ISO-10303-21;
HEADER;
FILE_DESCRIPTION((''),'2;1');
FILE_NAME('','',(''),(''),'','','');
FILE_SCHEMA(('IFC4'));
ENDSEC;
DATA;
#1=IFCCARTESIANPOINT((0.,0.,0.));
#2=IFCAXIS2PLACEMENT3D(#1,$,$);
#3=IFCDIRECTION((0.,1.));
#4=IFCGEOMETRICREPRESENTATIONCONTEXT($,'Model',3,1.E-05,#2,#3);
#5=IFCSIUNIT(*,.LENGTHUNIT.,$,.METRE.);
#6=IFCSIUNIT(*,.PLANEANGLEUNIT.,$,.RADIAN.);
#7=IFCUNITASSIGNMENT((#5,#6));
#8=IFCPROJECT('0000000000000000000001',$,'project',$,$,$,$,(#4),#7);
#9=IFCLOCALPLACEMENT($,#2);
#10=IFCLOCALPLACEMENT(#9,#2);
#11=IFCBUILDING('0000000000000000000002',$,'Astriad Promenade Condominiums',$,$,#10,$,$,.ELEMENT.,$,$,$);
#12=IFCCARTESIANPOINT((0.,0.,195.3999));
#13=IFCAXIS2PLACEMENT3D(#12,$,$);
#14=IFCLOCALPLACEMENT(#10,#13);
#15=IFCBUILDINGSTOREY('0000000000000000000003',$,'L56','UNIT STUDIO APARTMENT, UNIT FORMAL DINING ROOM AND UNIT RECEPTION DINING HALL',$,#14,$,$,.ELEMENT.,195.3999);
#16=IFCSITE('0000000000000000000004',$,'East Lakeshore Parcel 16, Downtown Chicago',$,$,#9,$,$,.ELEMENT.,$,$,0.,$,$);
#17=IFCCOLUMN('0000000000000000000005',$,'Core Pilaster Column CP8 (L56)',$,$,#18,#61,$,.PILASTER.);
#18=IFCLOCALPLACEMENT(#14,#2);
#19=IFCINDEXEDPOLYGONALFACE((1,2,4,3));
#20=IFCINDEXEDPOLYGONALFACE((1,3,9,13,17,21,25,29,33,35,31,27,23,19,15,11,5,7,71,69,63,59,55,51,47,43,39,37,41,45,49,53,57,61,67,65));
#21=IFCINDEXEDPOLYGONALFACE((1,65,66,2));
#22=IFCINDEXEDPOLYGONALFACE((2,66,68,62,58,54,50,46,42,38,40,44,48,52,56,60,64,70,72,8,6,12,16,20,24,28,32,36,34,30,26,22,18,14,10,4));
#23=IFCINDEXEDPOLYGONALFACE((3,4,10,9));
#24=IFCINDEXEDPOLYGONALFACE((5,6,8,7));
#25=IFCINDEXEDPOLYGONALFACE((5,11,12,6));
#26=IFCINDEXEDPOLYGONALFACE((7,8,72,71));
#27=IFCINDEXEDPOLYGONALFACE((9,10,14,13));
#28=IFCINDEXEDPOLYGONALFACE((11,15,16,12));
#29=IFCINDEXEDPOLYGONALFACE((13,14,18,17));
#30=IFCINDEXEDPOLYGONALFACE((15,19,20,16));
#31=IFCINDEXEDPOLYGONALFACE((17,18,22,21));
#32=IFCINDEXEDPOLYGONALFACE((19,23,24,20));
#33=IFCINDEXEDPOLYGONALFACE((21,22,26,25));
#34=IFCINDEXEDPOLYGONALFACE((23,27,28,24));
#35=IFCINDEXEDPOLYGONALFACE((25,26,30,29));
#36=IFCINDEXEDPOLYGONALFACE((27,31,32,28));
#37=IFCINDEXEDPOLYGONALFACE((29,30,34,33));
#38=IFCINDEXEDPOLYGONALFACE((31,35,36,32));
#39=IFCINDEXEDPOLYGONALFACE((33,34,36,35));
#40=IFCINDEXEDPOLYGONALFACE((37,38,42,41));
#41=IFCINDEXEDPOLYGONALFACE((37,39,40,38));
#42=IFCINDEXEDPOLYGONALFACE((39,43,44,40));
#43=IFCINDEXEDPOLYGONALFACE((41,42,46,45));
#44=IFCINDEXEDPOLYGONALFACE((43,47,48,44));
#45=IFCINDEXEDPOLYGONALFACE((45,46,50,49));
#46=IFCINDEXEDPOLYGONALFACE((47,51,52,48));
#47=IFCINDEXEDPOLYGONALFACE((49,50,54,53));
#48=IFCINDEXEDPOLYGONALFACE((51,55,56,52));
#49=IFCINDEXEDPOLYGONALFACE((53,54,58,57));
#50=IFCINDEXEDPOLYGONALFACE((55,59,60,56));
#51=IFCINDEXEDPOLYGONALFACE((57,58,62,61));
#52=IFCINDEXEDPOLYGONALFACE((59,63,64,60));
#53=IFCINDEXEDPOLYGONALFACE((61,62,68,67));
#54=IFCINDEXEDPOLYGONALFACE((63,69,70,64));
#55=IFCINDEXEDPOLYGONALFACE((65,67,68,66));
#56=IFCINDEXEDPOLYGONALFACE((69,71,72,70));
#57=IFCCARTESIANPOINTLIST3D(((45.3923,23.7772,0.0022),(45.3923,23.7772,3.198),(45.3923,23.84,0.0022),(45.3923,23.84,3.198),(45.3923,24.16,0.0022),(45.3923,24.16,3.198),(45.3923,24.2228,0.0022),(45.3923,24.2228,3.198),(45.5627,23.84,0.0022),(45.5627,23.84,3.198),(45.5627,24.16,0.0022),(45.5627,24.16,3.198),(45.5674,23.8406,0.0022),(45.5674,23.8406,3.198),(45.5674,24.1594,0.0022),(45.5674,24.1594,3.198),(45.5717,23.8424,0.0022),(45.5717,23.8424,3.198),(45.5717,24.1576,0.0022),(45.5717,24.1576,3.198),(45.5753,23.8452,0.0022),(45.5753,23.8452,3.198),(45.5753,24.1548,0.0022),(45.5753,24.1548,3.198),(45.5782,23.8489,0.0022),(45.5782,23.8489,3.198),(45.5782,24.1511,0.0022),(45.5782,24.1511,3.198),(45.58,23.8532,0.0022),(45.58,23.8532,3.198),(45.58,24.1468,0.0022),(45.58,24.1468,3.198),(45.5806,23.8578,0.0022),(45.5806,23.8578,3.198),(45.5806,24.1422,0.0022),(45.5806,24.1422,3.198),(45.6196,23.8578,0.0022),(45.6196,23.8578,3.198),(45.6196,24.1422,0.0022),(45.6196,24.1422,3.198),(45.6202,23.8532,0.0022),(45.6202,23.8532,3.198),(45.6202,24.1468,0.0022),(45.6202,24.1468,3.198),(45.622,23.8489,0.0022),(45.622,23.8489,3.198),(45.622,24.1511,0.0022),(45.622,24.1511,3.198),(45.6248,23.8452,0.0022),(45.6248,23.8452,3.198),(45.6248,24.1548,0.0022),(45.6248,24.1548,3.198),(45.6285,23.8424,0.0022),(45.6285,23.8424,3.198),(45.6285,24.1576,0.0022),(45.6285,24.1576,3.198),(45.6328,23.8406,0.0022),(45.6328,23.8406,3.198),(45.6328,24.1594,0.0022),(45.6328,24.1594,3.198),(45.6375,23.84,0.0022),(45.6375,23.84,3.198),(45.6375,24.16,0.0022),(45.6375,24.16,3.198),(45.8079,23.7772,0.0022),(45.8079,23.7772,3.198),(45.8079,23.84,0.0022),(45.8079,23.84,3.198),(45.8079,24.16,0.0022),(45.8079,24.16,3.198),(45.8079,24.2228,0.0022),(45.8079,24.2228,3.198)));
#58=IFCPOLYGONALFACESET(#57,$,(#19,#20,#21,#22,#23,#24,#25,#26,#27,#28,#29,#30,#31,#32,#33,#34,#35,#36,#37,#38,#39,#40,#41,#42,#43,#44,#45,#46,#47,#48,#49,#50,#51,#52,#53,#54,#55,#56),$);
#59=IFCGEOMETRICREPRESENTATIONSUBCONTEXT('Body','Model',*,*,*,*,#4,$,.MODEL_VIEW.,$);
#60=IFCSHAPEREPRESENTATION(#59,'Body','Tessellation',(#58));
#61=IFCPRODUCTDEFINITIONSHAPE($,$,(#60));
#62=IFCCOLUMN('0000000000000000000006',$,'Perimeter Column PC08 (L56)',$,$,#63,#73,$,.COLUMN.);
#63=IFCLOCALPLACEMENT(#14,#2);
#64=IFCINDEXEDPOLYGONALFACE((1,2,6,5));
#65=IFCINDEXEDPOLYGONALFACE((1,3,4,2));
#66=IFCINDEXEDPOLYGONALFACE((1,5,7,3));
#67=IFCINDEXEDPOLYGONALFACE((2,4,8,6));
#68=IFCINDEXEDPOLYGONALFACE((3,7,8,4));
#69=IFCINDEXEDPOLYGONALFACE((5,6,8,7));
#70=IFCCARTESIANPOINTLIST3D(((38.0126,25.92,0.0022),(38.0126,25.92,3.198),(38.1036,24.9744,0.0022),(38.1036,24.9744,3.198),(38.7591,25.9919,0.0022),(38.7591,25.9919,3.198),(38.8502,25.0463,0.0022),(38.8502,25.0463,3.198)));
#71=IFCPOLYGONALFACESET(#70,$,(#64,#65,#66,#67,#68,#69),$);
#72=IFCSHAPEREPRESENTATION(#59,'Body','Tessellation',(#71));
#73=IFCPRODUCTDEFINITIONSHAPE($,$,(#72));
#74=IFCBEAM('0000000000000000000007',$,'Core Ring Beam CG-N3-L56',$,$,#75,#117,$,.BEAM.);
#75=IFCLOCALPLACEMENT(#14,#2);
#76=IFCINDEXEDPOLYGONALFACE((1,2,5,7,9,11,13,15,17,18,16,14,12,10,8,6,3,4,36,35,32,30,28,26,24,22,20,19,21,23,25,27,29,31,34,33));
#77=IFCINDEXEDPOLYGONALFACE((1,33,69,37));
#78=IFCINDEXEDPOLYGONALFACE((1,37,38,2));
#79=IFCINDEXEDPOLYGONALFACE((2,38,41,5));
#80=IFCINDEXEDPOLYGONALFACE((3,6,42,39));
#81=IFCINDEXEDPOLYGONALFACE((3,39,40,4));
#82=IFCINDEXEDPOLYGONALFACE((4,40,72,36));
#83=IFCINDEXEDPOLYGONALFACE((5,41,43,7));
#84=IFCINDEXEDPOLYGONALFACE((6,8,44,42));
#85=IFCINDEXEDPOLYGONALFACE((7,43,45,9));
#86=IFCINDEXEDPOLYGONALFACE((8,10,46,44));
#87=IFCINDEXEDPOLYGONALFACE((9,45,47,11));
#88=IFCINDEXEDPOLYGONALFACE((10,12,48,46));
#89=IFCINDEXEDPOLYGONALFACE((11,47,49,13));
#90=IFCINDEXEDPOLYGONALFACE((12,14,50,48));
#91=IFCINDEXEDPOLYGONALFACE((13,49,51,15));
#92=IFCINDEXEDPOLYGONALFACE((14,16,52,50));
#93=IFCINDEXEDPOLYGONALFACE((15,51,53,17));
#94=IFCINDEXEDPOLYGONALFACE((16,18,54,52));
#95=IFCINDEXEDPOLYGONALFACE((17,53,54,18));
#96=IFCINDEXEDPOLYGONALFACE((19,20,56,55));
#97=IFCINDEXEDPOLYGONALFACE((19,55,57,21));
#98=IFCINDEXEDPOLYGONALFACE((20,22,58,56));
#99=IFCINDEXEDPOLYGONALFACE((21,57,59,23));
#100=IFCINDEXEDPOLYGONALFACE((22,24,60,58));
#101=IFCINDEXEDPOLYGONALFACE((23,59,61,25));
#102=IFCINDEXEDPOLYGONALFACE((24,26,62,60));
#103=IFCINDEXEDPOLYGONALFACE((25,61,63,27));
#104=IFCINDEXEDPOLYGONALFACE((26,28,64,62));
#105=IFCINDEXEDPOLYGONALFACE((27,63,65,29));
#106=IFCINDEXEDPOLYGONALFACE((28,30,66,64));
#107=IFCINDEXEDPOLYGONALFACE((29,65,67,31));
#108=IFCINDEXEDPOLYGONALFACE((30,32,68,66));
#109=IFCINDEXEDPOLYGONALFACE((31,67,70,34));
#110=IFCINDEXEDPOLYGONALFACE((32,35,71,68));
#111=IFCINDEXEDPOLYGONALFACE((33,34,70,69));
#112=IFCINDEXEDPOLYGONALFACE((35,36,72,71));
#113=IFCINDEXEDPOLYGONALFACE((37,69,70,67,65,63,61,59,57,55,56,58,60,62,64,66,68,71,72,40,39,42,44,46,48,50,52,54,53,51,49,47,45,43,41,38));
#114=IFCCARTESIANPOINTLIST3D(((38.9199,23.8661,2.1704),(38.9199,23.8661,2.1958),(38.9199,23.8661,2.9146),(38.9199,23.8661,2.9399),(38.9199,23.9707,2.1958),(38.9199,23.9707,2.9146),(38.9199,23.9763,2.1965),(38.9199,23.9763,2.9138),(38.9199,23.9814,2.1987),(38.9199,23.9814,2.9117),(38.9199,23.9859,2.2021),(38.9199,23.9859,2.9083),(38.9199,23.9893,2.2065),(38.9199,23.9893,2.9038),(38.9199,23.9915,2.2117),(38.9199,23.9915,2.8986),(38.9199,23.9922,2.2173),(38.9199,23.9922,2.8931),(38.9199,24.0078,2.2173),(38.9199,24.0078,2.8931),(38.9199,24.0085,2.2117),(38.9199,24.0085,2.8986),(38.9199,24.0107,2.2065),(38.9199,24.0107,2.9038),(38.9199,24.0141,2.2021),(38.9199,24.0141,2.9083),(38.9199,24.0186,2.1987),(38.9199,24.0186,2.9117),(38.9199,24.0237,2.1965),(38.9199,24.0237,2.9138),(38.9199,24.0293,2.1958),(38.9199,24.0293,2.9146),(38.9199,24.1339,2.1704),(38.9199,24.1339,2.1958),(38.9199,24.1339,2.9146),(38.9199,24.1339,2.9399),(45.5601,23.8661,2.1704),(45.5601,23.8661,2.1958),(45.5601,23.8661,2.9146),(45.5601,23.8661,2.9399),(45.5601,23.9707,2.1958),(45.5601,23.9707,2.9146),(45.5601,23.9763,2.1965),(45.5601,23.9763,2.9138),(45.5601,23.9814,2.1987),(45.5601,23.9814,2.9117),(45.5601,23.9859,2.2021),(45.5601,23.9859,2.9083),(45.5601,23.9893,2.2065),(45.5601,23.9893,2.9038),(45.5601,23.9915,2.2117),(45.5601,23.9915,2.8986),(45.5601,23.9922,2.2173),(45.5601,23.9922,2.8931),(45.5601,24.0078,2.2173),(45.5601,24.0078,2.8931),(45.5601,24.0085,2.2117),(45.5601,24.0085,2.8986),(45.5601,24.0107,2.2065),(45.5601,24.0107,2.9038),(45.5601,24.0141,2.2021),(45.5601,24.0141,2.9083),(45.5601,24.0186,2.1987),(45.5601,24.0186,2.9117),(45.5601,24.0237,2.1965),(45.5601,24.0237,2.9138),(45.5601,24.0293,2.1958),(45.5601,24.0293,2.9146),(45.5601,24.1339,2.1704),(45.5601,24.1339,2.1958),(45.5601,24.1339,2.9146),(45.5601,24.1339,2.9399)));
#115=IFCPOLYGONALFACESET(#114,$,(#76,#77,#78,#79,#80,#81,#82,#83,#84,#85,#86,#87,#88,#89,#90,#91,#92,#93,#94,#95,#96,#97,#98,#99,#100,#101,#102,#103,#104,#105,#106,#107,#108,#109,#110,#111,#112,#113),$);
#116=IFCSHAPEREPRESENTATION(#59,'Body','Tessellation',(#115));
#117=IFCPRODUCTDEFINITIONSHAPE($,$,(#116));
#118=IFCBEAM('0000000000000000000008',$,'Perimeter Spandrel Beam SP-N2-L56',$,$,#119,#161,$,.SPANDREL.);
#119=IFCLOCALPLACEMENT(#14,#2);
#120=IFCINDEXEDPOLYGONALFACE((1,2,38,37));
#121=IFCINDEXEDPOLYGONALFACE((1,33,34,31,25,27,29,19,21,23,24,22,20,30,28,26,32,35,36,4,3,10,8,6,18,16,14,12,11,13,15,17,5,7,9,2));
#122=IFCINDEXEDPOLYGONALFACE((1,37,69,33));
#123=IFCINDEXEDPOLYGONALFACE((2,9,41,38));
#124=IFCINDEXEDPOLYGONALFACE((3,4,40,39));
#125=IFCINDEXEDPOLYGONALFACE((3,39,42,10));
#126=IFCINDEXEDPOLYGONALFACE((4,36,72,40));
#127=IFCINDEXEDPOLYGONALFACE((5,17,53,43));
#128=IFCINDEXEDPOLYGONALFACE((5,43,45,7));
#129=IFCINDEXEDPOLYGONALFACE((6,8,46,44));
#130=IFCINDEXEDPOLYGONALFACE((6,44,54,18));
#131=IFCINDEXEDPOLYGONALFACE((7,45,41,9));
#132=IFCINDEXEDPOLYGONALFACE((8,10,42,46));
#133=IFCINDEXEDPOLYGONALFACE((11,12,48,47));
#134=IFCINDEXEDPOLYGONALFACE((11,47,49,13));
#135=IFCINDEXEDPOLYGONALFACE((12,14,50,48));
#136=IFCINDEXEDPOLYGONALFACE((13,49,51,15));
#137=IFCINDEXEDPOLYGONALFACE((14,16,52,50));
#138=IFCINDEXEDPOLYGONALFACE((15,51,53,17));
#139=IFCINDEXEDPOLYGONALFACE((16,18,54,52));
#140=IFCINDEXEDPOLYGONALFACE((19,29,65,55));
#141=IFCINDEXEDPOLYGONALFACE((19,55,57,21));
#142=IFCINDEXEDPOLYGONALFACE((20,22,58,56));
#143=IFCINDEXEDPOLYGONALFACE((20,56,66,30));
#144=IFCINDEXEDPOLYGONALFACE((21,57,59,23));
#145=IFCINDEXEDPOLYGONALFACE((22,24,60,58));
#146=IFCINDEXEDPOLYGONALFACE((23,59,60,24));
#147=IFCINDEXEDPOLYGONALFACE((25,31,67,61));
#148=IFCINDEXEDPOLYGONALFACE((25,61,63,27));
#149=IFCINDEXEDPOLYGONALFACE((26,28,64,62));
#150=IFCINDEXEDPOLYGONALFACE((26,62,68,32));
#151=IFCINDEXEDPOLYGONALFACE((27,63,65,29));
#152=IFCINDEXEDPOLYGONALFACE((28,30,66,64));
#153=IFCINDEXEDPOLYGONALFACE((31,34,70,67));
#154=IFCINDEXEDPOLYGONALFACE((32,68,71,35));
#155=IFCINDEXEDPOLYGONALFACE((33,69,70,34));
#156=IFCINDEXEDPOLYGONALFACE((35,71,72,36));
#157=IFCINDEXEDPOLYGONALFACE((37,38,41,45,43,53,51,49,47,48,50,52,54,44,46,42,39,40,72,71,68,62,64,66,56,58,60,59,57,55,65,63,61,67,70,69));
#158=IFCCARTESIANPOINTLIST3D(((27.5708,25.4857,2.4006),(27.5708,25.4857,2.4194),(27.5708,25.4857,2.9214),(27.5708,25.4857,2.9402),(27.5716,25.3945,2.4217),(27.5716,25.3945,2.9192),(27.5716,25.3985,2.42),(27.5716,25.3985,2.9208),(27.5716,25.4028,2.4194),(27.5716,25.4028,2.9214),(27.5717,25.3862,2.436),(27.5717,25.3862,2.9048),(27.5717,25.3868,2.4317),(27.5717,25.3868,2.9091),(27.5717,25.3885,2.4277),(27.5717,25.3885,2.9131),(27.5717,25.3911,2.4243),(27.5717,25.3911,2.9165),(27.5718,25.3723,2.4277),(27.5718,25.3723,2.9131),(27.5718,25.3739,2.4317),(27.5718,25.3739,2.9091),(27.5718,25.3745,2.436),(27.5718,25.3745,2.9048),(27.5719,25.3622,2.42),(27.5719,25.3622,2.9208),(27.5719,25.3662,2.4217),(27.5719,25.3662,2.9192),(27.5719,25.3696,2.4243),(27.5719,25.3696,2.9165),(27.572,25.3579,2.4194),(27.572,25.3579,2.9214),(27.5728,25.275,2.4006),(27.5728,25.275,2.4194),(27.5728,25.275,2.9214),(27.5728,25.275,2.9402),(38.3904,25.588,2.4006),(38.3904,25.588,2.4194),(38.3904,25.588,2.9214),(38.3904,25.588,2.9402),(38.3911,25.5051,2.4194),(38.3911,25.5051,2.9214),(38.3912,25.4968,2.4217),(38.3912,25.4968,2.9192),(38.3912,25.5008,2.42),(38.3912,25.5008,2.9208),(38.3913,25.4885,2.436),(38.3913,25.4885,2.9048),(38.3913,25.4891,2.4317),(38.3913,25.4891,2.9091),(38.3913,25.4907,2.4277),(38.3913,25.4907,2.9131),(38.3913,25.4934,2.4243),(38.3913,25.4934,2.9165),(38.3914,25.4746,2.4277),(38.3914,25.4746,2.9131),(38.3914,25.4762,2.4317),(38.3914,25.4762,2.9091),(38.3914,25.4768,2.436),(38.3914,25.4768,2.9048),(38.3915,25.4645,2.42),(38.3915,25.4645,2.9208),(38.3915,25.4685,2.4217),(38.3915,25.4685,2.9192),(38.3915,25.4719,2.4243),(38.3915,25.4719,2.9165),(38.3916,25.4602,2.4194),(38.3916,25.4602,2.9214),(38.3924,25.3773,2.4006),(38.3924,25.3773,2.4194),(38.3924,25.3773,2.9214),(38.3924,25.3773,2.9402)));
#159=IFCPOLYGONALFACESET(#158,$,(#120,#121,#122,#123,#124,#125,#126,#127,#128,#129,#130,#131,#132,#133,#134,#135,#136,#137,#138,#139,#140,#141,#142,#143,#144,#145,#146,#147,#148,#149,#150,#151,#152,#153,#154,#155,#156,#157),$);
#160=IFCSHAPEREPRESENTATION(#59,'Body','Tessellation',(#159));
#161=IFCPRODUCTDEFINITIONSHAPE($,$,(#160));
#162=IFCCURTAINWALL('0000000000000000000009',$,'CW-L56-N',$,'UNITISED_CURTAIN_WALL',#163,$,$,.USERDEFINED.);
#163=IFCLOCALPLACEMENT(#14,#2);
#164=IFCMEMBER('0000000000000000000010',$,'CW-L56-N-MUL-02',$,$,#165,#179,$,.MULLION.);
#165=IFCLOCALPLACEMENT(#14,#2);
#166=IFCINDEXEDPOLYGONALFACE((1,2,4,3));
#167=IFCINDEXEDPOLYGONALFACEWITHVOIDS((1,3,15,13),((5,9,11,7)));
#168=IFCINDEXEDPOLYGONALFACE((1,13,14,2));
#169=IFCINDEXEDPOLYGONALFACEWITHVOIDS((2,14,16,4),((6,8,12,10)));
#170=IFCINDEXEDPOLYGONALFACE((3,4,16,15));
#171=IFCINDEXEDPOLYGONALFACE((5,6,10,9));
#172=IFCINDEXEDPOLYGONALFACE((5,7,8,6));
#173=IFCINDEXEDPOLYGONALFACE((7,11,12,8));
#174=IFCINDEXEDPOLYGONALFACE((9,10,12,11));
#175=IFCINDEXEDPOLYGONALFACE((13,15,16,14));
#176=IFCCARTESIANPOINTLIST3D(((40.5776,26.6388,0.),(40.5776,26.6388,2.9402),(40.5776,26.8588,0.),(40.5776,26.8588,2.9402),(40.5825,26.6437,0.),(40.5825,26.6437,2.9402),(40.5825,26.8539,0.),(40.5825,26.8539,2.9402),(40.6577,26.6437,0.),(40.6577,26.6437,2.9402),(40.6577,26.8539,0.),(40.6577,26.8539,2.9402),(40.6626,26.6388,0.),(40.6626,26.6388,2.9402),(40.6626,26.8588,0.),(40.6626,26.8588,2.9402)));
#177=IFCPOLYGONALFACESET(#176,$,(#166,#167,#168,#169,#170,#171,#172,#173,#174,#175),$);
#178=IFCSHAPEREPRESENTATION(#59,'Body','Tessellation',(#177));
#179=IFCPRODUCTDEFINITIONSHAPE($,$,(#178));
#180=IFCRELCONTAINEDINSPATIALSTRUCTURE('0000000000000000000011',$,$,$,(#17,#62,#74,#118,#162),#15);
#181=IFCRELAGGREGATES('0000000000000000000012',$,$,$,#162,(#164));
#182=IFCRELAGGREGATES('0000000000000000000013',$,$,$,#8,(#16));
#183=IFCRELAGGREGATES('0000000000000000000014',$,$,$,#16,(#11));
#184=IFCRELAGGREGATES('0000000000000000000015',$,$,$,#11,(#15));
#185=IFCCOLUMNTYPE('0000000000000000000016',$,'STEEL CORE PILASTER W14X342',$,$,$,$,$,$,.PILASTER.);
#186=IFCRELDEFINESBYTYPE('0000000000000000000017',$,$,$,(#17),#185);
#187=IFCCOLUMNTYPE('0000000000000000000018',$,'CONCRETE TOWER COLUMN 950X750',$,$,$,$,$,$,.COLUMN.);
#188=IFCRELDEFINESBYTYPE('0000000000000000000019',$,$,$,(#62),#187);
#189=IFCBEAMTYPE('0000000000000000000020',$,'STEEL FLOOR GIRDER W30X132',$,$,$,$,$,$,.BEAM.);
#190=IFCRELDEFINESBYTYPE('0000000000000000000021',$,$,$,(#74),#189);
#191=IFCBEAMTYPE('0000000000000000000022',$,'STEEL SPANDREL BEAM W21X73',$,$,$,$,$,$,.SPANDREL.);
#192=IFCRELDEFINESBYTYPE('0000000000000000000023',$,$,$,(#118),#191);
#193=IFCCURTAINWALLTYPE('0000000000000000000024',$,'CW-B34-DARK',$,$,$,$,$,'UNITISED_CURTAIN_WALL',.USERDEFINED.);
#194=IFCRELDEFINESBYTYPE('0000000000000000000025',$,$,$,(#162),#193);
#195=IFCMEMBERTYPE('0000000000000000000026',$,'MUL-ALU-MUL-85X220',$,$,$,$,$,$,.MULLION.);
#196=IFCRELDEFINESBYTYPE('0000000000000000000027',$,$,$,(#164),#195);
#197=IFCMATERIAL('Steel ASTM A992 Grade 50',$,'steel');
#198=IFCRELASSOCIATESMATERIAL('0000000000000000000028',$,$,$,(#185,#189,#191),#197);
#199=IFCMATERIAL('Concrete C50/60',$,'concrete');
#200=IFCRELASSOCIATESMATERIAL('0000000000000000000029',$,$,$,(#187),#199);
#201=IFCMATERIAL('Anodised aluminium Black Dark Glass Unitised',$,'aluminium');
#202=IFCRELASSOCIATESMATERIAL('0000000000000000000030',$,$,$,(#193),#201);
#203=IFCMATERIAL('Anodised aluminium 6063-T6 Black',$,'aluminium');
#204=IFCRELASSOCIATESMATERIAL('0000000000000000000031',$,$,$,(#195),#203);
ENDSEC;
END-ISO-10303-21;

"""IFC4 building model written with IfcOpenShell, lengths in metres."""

from ifc_helpers import new_model, si_unit, direction, frame, origin, origin_2d, place, context, subcontext, project, spatial, rectangle, hollow_rectangle, i_section, extrude, source, transform, mapped, material, material_profile, profile_set, type_object, type_shapes, element, aggregate, save


model = new_model("IFC4")

# Units and contexts
model_context = context("Model", 3, precision=1e-05, world=origin(), true_north=direction((0.0, 1.0)))
body_context = subcontext(model_context, "Body", "Model", "MODEL_VIEW")
ifc_project = project(units=[si_unit("LENGTHUNIT", "METRE"), si_unit("PLANEANGLEUNIT", "RADIAN")], contexts=[model_context])

# Site, building, storey
site_placement = place(None, origin())
site = spatial("IfcSite", under=ifc_project, at=site_placement, Name="East Lakeshore Parcel 16, Downtown Chicago", CompositionType="ELEMENT", RefElevation=0.0)
building_placement = place(site_placement, origin())
building = spatial("IfcBuilding", under=site, at=building_placement, Name="Astriad Promenade Condominiums", CompositionType="ELEMENT")
storey_placement = place(building_placement, frame((0.0, 0.0, 195.3999)))
storey = spatial("IfcBuildingStorey", under=building, at=storey_placement, Name="L56", Description="UNIT STUDIO APARTMENT, UNIT FORMAL DINING ROOM AND UNIT RECEPTION DINING HALL", CompositionType="ELEMENT", Elevation=195.3999)

# Columns
ifc_material_1 = material(Name="Steel ASTM A992 Grade 50", Category="steel")
ifc_material_profile_1 = material_profile(ifc_material_1, i_section(OverallWidth=0.4155, OverallDepth=0.4456, WebThickness=0.0391, FlangeThickness=0.0627, FilletRadius=0.0178, at=origin_2d()), Name="W14X342")
ifc_profile_set_1 = profile_set([ifc_material_profile_1], Name="Steel ASTM A992 Grade 50")
column_type_1 = type_object("IfcColumnType", Name="STEEL CORE PILASTER W14X342", PredefinedType="PILASTER", material=ifc_profile_set_1)
shared_shape_1 = source(origin(), body_context, "Body", "SweptSolid", [
    extrude(i_section(OverallWidth=0.4155, OverallDepth=0.4456, WebThickness=0.0391, FlangeThickness=0.0627, FilletRadius=0.0178, at=origin_2d()), origin(), (0.0, 0.0, 1.0), 3.1958),
])
type_shapes(column_type_1, [shared_shape_1])
column_1_placement = place(storey_placement, frame((45.6001, 24.0, 0.0022), z_axis=(0.0, 0.0, 1.0), x_axis=(1.0, 0.0, 0.0)))
element("IfcColumn", 1, at=column_1_placement, inside=storey, type_object=column_type_1, Name="Core Pilaster Column CP8 (L56)", PredefinedType="PILASTER", context=body_context, shape_type="MappedRepresentation", body=[
    mapped(shared_shape_1, transform((0.0, 0.0, 0.0), scale=1.0)),
])
ifc_material_2 = material(Name="Concrete C50/60", Category="concrete")
ifc_material_profile_2 = material_profile(ifc_material_2, rectangle(XDim=0.75, YDim=0.95, at=origin_2d()), Name="RC-COL-950X750")
ifc_profile_set_2 = profile_set([ifc_material_profile_2], Name="Concrete C50/60")
column_type_2 = type_object("IfcColumnType", Name="CONCRETE TOWER COLUMN 950X750", PredefinedType="COLUMN", material=ifc_profile_set_2)
shared_shape_2 = source(origin(), body_context, "Body", "SweptSolid", [
    extrude(rectangle(XDim=0.75, YDim=0.95, at=origin_2d()), origin(), (0.0, 0.0, 1.0), 3.1958),
])
type_shapes(column_type_2, [shared_shape_2])
column_2_placement = place(storey_placement, frame((38.4314, 25.4832, 0.0022), z_axis=(0.0, 0.0, 1.0), x_axis=(0.995396, 0.095846, 0.0)))
element("IfcColumn", 2, at=column_2_placement, inside=storey, type_object=column_type_2, Name="Perimeter Column PC08 (L56)", PredefinedType="COLUMN", context=body_context, shape_type="MappedRepresentation", body=[
    mapped(shared_shape_2, transform((0.0, 0.0, 0.0), scale=1.0)),
])

# Beams
ifc_material_profile_3 = material_profile(ifc_material_1, i_section(OverallWidth=0.2678, OverallDepth=0.7695, WebThickness=0.0156, FlangeThickness=0.0254, FilletRadius=0.0215, at=origin_2d()), Name="W30X132")
ifc_profile_set_3 = profile_set([ifc_material_profile_3], Name="Steel ASTM A992 Grade 50")
beam_type_1 = type_object("IfcBeamType", Name="STEEL FLOOR GIRDER W30X132", PredefinedType="BEAM", material=ifc_profile_set_3)
shared_shape_3 = source(origin(), body_context, "Body", "SweptSolid", [
    extrude(i_section(OverallWidth=0.2678, OverallDepth=0.7695, WebThickness=0.0156, FlangeThickness=0.0254, FilletRadius=0.0215, at=origin_2d()), origin(), (0.0, 0.0, 1.0), 6.6401),
])
type_shapes(beam_type_1, [shared_shape_3])
beam_1_placement = place(storey_placement, frame((38.9199, 24.0, 2.5552), z_axis=(1.0, 0.0, 0.0), x_axis=(0.0, 1.0, 0.0)))
element("IfcBeam", 3, at=beam_1_placement, inside=storey, type_object=beam_type_1, Name="Core Ring Beam CG-N3-L56", PredefinedType="BEAM", context=body_context, shape_type="MappedRepresentation", body=[
    mapped(shared_shape_3, transform((0.0, 0.0, 0.0), scale=1.0)),
])
ifc_material_profile_4 = material_profile(ifc_material_1, i_section(OverallWidth=0.2107, OverallDepth=0.5396, WebThickness=0.0117, FlangeThickness=0.0188, FilletRadius=0.0166, at=origin_2d()), Name="W21X73")
ifc_profile_set_4 = profile_set([ifc_material_profile_4], Name="Steel ASTM A992 Grade 50")
beam_type_2 = type_object("IfcBeamType", Name="STEEL SPANDREL BEAM W21X73", PredefinedType="SPANDREL", material=ifc_profile_set_4)
shared_shape_4 = source(origin(), body_context, "Body", "SweptSolid", [
    extrude(i_section(OverallWidth=0.2107, OverallDepth=0.5396, WebThickness=0.0117, FlangeThickness=0.0188, FilletRadius=0.0166, at=origin_2d()), origin(), (0.0, 0.0, 1.0), 10.8201),
])
type_shapes(beam_type_2, [shared_shape_4])
beam_2_placement = place(storey_placement, frame((38.3914, 25.4827, 2.6704), z_axis=(-0.999955, -0.009454, 0.0), x_axis=(0.009454, -0.999955, 0.0)))
element("IfcBeam", 4, at=beam_2_placement, inside=storey, type_object=beam_type_2, Name="Perimeter Spandrel Beam SP-N2-L56", PredefinedType="SPANDREL", context=body_context, shape_type="MappedRepresentation", body=[
    mapped(shared_shape_4, transform((0.0, 0.0, 0.0), scale=1.0)),
])

# Curtain wall, member
ifc_material_3 = material(Name="Anodised aluminium Black Dark Glass Unitised", Category="aluminium")
curtain_wall_type = type_object("IfcCurtainWallType", Name="CW-B34-DARK", ElementType="UNITISED_CURTAIN_WALL", PredefinedType="USERDEFINED", material=ifc_material_3)
curtain_wall_placement = place(storey_placement, origin())
curtain_wall = element("IfcCurtainWall", 5, at=curtain_wall_placement, inside=storey, type_object=curtain_wall_type, Name="CW-L56-N", ObjectType="UNITISED_CURTAIN_WALL", PredefinedType="USERDEFINED")
ifc_material_4 = material(Name="Anodised aluminium 6063-T6 Black", Category="aluminium")
ifc_material_profile_5 = material_profile(ifc_material_4, hollow_rectangle(XDim=0.085, YDim=0.22, WallThickness=0.0049, at=origin_2d()), Name="ALU-MUL-85X220")
ifc_profile_set_5 = profile_set([ifc_material_profile_5], Name="Anodised aluminium 6063-T6 Black")
member_type_1 = type_object("IfcMemberType", Name="MUL-ALU-MUL-85X220", PredefinedType="MULLION", material=ifc_profile_set_5)
shared_shape_5 = source(origin(), body_context, "Body", "SweptSolid", [
    extrude(hollow_rectangle(XDim=0.085, YDim=0.22, WallThickness=0.0049, at=origin_2d()), origin(), (0.0, 0.0, 1.0), 2.9402),
])
type_shapes(member_type_1, [shared_shape_5])
member_1_placement = place(storey_placement, frame((40.6201, 26.7488, 0.0), z_axis=(0.0, 0.0, 1.0), x_axis=(1.0, 0.0, 0.0)))
member_1 = element("IfcMember", 6, at=member_1_placement, type_object=member_type_1, Name="CW-L56-N-MUL-02", PredefinedType="MULLION", context=body_context, shape_type="MappedRepresentation", body=[
    mapped(shared_shape_5, transform((0.0, 0.0, 0.0), scale=1.0)),
])
aggregate(curtain_wall, [member_1])

save(model, "model.ifc")
